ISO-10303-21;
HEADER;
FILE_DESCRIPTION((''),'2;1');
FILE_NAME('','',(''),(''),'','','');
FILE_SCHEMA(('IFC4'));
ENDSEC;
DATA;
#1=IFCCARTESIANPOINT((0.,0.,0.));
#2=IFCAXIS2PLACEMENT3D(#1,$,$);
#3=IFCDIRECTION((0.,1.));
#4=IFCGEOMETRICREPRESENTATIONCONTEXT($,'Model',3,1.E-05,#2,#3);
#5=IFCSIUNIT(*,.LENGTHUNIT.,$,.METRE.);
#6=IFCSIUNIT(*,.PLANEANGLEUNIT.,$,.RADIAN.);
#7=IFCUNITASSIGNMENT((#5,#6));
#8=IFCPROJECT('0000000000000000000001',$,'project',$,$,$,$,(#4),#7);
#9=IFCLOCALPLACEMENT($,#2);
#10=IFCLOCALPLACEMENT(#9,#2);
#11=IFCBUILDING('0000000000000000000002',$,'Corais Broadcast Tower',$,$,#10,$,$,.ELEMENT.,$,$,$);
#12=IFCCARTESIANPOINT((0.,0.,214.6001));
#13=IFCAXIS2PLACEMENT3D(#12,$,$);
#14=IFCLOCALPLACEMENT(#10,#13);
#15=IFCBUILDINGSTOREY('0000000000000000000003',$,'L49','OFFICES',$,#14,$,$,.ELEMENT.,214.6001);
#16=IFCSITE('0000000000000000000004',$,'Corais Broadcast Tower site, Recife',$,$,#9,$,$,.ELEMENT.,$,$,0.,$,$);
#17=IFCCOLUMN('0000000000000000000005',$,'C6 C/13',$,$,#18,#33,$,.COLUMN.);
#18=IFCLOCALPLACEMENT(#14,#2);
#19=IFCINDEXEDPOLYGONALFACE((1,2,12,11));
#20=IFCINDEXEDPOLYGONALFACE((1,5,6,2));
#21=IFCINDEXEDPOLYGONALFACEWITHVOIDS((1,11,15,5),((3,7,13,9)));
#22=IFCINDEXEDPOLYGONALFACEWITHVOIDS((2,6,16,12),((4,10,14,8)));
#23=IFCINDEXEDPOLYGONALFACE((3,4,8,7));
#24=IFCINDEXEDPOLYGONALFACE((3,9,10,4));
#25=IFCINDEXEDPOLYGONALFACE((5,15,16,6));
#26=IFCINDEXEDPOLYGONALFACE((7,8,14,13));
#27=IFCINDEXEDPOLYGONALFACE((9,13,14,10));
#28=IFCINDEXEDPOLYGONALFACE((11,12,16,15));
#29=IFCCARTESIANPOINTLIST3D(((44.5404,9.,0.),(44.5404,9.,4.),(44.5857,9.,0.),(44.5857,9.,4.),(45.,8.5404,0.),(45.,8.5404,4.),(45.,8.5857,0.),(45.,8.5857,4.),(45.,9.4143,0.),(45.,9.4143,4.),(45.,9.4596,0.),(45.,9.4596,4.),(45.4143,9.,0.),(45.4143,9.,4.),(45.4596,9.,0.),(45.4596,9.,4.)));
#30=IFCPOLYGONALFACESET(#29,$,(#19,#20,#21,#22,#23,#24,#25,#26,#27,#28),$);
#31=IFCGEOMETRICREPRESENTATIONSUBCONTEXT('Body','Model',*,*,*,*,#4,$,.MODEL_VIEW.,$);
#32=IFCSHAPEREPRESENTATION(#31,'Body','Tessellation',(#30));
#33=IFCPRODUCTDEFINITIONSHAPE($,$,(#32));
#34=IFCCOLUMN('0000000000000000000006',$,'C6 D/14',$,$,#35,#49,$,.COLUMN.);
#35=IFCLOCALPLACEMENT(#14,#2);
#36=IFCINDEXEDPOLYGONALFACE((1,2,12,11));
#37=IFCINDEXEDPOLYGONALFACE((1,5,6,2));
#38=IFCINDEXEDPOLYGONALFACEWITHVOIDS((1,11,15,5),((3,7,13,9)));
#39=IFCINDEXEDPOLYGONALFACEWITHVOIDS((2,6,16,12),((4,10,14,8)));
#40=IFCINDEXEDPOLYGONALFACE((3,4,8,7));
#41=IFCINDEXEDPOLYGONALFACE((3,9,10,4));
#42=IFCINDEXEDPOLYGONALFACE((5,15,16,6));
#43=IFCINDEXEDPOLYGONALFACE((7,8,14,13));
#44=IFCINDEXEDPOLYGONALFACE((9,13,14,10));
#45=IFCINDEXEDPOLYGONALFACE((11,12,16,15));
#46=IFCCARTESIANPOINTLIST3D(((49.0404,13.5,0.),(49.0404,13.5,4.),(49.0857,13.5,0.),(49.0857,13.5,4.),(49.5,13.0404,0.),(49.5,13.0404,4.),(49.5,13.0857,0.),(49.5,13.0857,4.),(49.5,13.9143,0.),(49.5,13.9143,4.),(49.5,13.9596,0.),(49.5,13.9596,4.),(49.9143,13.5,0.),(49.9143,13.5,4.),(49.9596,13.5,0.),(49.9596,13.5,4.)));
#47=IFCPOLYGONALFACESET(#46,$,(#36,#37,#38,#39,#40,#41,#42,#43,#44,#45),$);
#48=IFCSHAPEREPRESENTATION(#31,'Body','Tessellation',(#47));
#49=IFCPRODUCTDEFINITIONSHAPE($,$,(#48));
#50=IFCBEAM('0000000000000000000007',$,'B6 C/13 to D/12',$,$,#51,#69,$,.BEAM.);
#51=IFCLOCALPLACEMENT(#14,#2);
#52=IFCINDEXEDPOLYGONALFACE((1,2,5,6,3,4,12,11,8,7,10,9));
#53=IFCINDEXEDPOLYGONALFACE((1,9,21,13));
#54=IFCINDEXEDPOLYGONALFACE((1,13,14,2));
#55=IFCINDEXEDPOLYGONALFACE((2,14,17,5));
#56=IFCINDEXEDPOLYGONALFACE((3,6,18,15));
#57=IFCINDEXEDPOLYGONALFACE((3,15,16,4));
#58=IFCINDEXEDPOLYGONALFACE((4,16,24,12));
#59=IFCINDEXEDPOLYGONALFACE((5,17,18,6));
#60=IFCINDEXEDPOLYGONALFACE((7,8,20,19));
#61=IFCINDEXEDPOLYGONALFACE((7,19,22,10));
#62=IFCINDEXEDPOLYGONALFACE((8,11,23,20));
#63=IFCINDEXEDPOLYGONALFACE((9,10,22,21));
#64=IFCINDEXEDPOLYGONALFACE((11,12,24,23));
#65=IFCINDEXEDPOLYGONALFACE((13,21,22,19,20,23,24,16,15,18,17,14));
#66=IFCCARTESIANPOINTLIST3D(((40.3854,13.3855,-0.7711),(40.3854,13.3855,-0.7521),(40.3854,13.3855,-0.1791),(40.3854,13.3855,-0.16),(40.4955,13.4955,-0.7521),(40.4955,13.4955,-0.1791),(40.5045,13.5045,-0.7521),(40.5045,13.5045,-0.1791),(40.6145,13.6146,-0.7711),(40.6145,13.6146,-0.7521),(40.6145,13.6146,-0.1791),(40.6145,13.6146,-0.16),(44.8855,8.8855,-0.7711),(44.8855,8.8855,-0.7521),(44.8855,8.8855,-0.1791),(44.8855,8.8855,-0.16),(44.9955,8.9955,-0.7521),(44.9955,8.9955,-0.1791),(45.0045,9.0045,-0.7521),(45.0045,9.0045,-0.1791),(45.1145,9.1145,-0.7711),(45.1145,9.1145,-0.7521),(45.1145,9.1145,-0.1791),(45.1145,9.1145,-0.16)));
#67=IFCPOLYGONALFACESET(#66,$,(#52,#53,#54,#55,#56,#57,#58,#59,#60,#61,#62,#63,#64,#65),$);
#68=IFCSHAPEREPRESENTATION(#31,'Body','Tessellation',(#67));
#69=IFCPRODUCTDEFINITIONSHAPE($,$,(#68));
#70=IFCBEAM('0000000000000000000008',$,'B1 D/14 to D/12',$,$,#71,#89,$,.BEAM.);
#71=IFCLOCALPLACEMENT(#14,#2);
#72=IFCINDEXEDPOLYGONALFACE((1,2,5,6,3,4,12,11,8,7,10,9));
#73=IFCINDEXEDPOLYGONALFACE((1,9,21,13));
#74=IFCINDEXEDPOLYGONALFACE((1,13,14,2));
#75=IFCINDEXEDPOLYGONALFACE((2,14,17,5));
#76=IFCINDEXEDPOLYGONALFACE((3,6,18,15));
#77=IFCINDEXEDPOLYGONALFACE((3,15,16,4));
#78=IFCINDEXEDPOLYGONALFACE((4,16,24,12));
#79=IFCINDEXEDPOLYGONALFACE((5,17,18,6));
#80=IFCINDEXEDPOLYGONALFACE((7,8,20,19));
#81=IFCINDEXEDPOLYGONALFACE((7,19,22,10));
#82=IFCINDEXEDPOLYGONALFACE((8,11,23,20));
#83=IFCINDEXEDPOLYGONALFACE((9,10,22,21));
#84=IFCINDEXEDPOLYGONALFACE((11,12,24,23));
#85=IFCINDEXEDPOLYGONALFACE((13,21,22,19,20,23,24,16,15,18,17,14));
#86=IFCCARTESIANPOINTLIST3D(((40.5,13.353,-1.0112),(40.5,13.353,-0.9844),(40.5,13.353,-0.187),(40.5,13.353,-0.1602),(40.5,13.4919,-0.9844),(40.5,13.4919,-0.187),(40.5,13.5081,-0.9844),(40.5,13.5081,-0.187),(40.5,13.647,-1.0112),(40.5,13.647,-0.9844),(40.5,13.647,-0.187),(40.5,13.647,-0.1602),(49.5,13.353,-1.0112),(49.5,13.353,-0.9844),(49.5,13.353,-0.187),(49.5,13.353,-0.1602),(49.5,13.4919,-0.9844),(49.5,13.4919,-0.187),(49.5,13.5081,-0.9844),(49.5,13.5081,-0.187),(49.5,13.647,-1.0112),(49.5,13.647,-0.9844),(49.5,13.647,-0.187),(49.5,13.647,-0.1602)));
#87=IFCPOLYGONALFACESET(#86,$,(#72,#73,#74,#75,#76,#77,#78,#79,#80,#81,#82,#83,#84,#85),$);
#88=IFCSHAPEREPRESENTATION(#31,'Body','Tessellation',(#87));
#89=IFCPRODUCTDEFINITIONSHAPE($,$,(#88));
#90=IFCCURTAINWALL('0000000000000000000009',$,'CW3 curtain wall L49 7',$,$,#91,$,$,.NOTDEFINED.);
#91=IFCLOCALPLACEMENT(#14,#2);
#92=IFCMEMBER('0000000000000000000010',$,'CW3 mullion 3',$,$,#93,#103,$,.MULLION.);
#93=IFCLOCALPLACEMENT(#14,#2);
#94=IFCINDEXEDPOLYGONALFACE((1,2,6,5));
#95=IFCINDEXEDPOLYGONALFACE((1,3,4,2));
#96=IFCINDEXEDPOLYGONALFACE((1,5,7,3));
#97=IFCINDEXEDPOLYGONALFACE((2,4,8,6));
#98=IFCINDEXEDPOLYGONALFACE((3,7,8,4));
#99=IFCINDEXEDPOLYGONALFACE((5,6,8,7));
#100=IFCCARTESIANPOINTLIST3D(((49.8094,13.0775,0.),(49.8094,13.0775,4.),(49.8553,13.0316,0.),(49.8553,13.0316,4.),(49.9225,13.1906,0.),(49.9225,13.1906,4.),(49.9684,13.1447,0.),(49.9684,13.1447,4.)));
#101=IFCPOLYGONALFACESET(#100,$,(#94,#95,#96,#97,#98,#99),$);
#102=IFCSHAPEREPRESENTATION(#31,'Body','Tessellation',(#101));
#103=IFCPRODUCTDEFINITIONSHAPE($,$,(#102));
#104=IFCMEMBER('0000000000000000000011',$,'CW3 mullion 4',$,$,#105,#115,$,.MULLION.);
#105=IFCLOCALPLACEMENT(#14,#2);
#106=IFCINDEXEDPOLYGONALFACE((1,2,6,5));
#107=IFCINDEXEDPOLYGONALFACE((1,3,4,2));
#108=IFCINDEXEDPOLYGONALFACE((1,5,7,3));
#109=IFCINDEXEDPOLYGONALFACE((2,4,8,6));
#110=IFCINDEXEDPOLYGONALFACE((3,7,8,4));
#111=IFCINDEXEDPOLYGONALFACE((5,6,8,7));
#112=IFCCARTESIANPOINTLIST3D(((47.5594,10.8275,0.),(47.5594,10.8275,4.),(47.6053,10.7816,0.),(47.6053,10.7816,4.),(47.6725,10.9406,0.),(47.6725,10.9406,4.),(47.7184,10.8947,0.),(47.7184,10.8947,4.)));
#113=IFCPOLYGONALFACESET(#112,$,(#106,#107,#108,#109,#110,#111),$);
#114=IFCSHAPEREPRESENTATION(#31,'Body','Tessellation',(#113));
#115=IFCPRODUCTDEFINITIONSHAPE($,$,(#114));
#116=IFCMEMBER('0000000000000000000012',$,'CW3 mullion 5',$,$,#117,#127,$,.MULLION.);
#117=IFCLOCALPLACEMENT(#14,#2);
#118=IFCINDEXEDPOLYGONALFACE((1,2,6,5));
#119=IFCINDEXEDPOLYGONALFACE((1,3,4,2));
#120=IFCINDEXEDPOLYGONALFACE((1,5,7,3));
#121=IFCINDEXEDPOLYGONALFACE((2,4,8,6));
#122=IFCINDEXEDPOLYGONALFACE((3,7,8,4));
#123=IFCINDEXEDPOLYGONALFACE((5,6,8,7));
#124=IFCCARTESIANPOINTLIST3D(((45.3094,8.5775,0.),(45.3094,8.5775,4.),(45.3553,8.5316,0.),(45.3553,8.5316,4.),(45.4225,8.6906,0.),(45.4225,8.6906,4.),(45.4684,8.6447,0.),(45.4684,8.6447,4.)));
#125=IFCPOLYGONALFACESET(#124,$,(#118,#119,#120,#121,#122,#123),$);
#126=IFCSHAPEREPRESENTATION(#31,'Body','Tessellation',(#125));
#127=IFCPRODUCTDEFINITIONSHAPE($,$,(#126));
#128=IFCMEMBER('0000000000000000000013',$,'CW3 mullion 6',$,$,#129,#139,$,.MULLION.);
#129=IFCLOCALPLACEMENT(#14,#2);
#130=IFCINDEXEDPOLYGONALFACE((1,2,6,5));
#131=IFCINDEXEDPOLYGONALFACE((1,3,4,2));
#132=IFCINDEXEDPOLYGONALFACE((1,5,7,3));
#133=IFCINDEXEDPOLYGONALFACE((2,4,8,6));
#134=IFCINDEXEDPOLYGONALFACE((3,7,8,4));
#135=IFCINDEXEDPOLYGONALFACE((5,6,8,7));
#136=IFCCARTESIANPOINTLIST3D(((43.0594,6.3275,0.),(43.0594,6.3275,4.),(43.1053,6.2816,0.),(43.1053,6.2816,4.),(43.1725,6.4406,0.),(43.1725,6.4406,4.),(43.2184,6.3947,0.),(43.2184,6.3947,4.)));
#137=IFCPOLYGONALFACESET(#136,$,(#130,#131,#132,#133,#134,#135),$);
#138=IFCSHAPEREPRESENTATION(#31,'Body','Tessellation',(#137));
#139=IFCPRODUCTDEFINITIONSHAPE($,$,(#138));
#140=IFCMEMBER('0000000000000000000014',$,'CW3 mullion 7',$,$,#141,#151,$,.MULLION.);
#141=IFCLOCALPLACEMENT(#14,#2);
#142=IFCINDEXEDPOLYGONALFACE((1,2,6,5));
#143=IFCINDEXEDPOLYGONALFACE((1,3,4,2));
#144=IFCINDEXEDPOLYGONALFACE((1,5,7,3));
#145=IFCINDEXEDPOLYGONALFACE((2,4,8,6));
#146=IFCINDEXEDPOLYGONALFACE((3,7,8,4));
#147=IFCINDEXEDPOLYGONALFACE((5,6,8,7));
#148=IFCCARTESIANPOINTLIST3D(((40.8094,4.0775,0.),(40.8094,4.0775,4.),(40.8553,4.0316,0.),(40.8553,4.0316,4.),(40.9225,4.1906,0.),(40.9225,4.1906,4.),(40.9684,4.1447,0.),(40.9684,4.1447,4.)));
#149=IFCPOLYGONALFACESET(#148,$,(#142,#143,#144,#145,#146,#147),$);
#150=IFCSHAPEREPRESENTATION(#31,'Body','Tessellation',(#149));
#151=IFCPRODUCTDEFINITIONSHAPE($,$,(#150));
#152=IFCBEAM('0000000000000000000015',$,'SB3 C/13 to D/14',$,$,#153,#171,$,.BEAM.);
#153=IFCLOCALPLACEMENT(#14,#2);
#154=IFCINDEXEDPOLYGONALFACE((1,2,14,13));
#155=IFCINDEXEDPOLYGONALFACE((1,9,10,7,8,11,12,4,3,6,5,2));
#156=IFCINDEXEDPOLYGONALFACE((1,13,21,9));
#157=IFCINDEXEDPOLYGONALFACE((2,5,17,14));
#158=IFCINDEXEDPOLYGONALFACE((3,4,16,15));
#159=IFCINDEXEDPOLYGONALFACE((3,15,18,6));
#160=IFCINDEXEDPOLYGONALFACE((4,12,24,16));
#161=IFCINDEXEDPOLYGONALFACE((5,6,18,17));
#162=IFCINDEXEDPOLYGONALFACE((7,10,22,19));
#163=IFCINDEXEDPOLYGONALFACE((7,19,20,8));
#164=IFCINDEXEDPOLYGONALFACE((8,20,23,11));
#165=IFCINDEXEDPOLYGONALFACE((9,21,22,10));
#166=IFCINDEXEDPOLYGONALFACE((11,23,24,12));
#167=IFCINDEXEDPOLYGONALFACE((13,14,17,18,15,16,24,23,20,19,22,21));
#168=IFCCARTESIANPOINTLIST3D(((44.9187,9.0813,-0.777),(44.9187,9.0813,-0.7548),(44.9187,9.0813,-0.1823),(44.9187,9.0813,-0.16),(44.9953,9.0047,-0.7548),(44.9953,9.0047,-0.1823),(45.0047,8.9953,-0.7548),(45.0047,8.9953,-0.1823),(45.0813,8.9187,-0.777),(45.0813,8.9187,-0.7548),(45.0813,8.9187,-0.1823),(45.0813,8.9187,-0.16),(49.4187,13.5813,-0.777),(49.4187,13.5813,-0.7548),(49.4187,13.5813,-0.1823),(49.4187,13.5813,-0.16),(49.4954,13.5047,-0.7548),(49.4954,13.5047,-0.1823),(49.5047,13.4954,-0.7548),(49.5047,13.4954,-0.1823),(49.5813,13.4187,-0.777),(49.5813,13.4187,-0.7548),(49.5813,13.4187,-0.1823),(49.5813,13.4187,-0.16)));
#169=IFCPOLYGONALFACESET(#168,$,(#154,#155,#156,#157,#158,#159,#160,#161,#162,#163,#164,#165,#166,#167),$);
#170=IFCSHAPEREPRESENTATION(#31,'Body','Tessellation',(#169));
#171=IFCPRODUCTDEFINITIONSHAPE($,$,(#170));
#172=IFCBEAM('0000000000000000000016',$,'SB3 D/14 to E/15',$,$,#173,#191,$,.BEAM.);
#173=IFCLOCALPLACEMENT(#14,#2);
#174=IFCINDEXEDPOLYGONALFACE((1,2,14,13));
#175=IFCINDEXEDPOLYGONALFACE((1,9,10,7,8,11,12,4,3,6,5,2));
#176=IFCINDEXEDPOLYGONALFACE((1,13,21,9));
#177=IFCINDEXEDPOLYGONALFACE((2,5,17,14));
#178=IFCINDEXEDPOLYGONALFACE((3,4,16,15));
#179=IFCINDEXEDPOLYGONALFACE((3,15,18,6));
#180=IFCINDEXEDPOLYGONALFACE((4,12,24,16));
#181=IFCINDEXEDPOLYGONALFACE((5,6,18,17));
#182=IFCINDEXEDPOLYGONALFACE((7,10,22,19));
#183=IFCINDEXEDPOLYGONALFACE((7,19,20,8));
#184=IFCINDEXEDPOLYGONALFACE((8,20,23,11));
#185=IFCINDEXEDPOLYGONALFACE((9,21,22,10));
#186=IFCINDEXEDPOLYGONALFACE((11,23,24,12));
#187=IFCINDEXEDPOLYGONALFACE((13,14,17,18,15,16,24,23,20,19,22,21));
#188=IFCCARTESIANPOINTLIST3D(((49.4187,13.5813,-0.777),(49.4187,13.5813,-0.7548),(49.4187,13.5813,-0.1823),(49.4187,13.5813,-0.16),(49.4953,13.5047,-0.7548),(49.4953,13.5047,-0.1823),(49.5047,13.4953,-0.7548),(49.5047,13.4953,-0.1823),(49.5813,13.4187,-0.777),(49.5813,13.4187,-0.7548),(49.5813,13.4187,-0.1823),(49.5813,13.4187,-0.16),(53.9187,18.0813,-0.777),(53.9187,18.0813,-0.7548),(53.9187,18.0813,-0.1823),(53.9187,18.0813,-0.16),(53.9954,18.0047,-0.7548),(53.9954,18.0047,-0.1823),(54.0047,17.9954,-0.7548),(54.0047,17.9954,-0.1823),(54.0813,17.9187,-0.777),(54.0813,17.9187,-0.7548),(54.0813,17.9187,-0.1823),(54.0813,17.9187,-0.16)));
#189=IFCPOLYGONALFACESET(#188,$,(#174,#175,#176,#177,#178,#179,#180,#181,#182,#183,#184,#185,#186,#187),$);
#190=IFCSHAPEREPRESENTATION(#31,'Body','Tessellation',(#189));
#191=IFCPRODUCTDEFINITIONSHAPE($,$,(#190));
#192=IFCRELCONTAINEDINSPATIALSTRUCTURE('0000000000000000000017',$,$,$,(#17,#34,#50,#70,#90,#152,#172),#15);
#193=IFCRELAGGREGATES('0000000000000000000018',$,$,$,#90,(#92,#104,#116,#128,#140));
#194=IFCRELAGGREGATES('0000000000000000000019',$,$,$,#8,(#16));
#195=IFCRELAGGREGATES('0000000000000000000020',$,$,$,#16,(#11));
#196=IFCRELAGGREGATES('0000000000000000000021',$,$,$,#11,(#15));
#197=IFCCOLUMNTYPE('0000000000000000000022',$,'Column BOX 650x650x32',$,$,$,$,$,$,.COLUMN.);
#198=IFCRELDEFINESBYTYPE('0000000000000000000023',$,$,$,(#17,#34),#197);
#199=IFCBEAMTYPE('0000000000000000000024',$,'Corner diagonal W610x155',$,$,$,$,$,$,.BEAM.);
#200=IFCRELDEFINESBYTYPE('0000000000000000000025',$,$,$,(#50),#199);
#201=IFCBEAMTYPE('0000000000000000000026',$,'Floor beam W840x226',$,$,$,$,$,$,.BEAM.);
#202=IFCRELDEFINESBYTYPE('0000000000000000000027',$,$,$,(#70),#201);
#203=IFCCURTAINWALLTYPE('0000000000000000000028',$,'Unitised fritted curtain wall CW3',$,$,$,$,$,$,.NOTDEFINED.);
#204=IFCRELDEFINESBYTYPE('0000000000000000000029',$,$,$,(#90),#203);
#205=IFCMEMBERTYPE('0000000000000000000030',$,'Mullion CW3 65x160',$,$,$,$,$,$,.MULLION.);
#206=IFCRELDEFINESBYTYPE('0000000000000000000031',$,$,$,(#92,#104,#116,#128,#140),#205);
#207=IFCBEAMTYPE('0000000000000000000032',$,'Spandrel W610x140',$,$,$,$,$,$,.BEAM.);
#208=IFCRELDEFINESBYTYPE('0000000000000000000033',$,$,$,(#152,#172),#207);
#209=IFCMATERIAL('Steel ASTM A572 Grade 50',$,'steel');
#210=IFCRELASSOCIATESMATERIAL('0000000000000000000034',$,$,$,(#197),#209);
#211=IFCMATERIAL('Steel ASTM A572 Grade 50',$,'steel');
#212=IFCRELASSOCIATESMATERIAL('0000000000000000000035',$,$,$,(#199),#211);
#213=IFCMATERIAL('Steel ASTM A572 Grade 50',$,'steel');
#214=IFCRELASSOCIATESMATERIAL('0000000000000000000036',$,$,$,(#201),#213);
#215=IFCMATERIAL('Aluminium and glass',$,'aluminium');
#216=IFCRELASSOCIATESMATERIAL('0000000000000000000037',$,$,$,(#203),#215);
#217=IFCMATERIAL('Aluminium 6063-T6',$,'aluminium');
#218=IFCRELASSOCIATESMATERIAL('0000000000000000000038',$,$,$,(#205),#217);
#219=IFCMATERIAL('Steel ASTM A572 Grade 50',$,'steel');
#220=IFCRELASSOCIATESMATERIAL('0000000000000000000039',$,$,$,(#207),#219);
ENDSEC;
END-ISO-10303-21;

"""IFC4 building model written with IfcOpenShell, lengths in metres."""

from ifc_helpers import new_model, si_unit, direction, frame, origin, origin_2d, place, context, subcontext, project, spatial, rectangle, hollow_rectangle, i_section, extrude, material, material_profile, profile_set, type_object, element, aggregate, save


model = new_model("IFC4")

# Units and contexts
model_context = context("Model", 3, precision=1e-05, world=origin(), true_north=direction((0.0, 1.0)))
body_context = subcontext(model_context, "Body", "Model", "MODEL_VIEW")
ifc_project = project(units=[si_unit("LENGTHUNIT", "METRE"), si_unit("PLANEANGLEUNIT", "RADIAN")], contexts=[model_context])

# Site, building, storey
site_placement = place(None, origin())
site = spatial("IfcSite", under=ifc_project, at=site_placement, Name="Corais Broadcast Tower site, Recife", CompositionType="ELEMENT", RefElevation=0.0)
building_placement = place(site_placement, origin())
building = spatial("IfcBuilding", under=site, at=building_placement, Name="Corais Broadcast Tower", CompositionType="ELEMENT")
storey_placement = place(building_placement, frame((0.0, 0.0, 214.6001)))
storey = spatial("IfcBuildingStorey", under=building, at=storey_placement, Name="L49", Description="OFFICES", CompositionType="ELEMENT", Elevation=214.6001)

# Columns
ifc_material_1 = material(Name="Steel ASTM A572 Grade 50", Category="steel")
ifc_material_profile_1 = material_profile(ifc_material_1, hollow_rectangle(XDim=0.6499, YDim=0.6499, WallThickness=0.032, at=origin_2d()), Name="BOX 650x650x32")
ifc_profile_set_1 = profile_set([ifc_material_profile_1], Name="Steel ASTM A572 Grade 50")
column_type = type_object("IfcColumnType", Name="Column BOX 650x650x32", PredefinedType="COLUMN", material=ifc_profile_set_1)
for number, where, z_axis, x_axis, name in (
    (1, (45.0, 9.0, 0.0), (0.0, 0.0, 1.0), (0.707107, 0.707107, 0.0), "C6 C/13"),
    (2, (49.5, 13.5, 0.0), (0.0, 0.0, 1.0), (0.707107, 0.707107, 0.0), "C6 D/14"),
):
    element("IfcColumn", number, at=place(storey_placement, frame(where, z_axis=z_axis, x_axis=x_axis)), inside=storey, type_object=column_type, Name=name, PredefinedType="COLUMN", context=body_context, shape_type="SweptSolid", body=[
        extrude(hollow_rectangle(XDim=0.6499, YDim=0.6499, WallThickness=0.032, at=origin_2d()), origin(), (0.0, 0.0, 1.0), 4.0),
    ])

# Beams
ifc_material_2 = material(Name="Steel ASTM A572 Grade 50", Category="steel")
ifc_material_profile_2 = material_profile(ifc_material_2, i_section(OverallWidth=0.324, OverallDepth=0.6111, WebThickness=0.0127, FlangeThickness=0.019, at=origin_2d()), Name="W610x155")
ifc_profile_set_2 = profile_set([ifc_material_profile_2], Name="Steel ASTM A572 Grade 50")
beam_type_1 = type_object("IfcBeamType", Name="Corner diagonal W610x155", PredefinedType="BEAM", material=ifc_profile_set_2)
beam_1_placement = place(storey_placement, frame((45.0, 9.0, -0.4656), z_axis=(-0.707107, 0.707107, 0.0), x_axis=(-0.707107, -0.707107, 0.0)))
element("IfcBeam", 3, at=beam_1_placement, inside=storey, type_object=beam_type_1, Name="B6 C/13 to D/12", PredefinedType="BEAM", context=body_context, shape_type="SweptSolid", body=[
    extrude(i_section(OverallWidth=0.324, OverallDepth=0.6111, WebThickness=0.0127, FlangeThickness=0.019, at=origin_2d()), origin(), (0.0, 0.0, 1.0), 6.364),
])
ifc_material_3 = material(Name="Steel ASTM A572 Grade 50", Category="steel")
ifc_material_profile_3 = material_profile(ifc_material_3, i_section(OverallWidth=0.2939, OverallDepth=0.8511, WebThickness=0.0161, FlangeThickness=0.0269, at=origin_2d()), Name="W840x226")
ifc_profile_set_3 = profile_set([ifc_material_profile_3], Name="Steel ASTM A572 Grade 50")
beam_type_2 = type_object("IfcBeamType", Name="Floor beam W840x226", PredefinedType="BEAM", material=ifc_profile_set_3)
beam_2_placement = place(storey_placement, frame((49.5, 13.5, -0.5857), z_axis=(-1.0, 0.0, 0.0), x_axis=(0.0, -1.0, 0.0)))
element("IfcBeam", 4, at=beam_2_placement, inside=storey, type_object=beam_type_2, Name="B1 D/14 to D/12", PredefinedType="BEAM", context=body_context, shape_type="SweptSolid", body=[
    extrude(i_section(OverallWidth=0.2939, OverallDepth=0.8511, WebThickness=0.0161, FlangeThickness=0.0269, at=origin_2d()), origin(), (0.0, 0.0, 1.0), 9.0),
])

# Curtain wall, members
ifc_material_4 = material(Name="Aluminium and glass", Category="aluminium")
curtain_wall_type = type_object("IfcCurtainWallType", Name="Unitised fritted curtain wall CW3", PredefinedType="NOTDEFINED", material=ifc_material_4)
curtain_wall_placement = place(storey_placement, origin())
curtain_wall = element("IfcCurtainWall", 5, at=curtain_wall_placement, inside=storey, type_object=curtain_wall_type, Name="CW3 curtain wall L49 7", PredefinedType="NOTDEFINED")
ifc_material_5 = material(Name="Aluminium 6063-T6", Category="aluminium")
ifc_material_profile_4 = material_profile(ifc_material_5, rectangle(XDim=0.0649, YDim=0.1599, at=origin_2d()), Name="Mullion CW3 65x160")
ifc_profile_set_4 = profile_set([ifc_material_profile_4], Name="Aluminium 6063-T6")
member_type_1 = type_object("IfcMemberType", Name="Mullion CW3 65x160", PredefinedType="MULLION", material=ifc_profile_set_4)
member_1_placement = place(storey_placement, frame((49.8889, 13.1111, 0.0), z_axis=(0.0, 0.0, 1.0), x_axis=(0.707107, -0.707107, 0.0)))
member_1 = element("IfcMember", 6, at=member_1_placement, type_object=member_type_1, Name="CW3 mullion 3", PredefinedType="MULLION", context=body_context, shape_type="SweptSolid", body=[
    extrude(rectangle(XDim=0.0649, YDim=0.1599, at=origin_2d()), origin(), (0.0, 0.0, 1.0), 4.0),
])
member_2_placement = place(storey_placement, frame((47.6389, 10.8611, 0.0), z_axis=(0.0, 0.0, 1.0), x_axis=(0.707107, -0.707107, 0.0)))
member_2 = element("IfcMember", 7, at=member_2_placement, type_object=member_type_1, Name="CW3 mullion 4", PredefinedType="MULLION", context=body_context, shape_type="SweptSolid", body=[
    extrude(rectangle(XDim=0.0649, YDim=0.1599, at=origin_2d()), origin(), (0.0, 0.0, 1.0), 4.0),
])
member_3_placement = place(storey_placement, frame((45.3889, 8.6111, 0.0), z_axis=(0.0, 0.0, 1.0), x_axis=(0.707107, -0.707107, 0.0)))
member_3 = element("IfcMember", 8, at=member_3_placement, type_object=member_type_1, Name="CW3 mullion 5", PredefinedType="MULLION", context=body_context, shape_type="SweptSolid", body=[
    extrude(rectangle(XDim=0.0649, YDim=0.1599, at=origin_2d()), origin(), (0.0, 0.0, 1.0), 4.0),
])
member_4_placement = place(storey_placement, frame((43.1389, 6.3611, 0.0), z_axis=(0.0, 0.0, 1.0), x_axis=(0.707107, -0.707107, 0.0)))
member_4 = element("IfcMember", 9, at=member_4_placement, type_object=member_type_1, Name="CW3 mullion 6", PredefinedType="MULLION", context=body_context, shape_type="SweptSolid", body=[
    extrude(rectangle(XDim=0.0649, YDim=0.1599, at=origin_2d()), origin(), (0.0, 0.0, 1.0), 4.0),
])
member_5_placement = place(storey_placement, frame((40.8889, 4.1111, 0.0), z_axis=(0.0, 0.0, 1.0), x_axis=(0.707107, -0.707107, 0.0)))
member_5 = element("IfcMember", 10, at=member_5_placement, type_object=member_type_1, Name="CW3 mullion 7", PredefinedType="MULLION", context=body_context, shape_type="SweptSolid", body=[
    extrude(rectangle(XDim=0.0649, YDim=0.1599, at=origin_2d()), origin(), (0.0, 0.0, 1.0), 4.0),
])

# Beams
ifc_material_6 = material(Name="Steel ASTM A572 Grade 50", Category="steel")
ifc_material_profile_5 = material_profile(ifc_material_6, i_section(OverallWidth=0.23, OverallDepth=0.6169, WebThickness=0.0132, FlangeThickness=0.0222, at=origin_2d()), Name="W610x140")
ifc_profile_set_5 = profile_set([ifc_material_profile_5], Name="Steel ASTM A572 Grade 50")
beam_type_3 = type_object("IfcBeamType", Name="Spandrel W610x140", PredefinedType="BEAM", material=ifc_profile_set_5)
for number, where, z_axis, x_axis, name in (
    (11, (45.0, 9.0, -0.4685), (0.707107, 0.707107, 0.0), (-0.707107, 0.707107, 0.0), "SB3 C/13 to D/14"),
    (12, (49.5, 13.5, -0.4685), (0.707107, 0.707107, 0.0), (-0.707107, 0.707107, 0.0), "SB3 D/14 to E/15"),
):
    element("IfcBeam", number, at=place(storey_placement, frame(where, z_axis=z_axis, x_axis=x_axis)), inside=storey, type_object=beam_type_3, Name=name, PredefinedType="BEAM", context=body_context, shape_type="SweptSolid", body=[
        extrude(i_section(OverallWidth=0.23, OverallDepth=0.6169, WebThickness=0.0132, FlangeThickness=0.0222, at=origin_2d()), origin(), (0.0, 0.0, 1.0), 6.364),
    ])

aggregate(curtain_wall, [member_1, member_2, member_3, member_4, member_5])

save(model, "model.ifc")
